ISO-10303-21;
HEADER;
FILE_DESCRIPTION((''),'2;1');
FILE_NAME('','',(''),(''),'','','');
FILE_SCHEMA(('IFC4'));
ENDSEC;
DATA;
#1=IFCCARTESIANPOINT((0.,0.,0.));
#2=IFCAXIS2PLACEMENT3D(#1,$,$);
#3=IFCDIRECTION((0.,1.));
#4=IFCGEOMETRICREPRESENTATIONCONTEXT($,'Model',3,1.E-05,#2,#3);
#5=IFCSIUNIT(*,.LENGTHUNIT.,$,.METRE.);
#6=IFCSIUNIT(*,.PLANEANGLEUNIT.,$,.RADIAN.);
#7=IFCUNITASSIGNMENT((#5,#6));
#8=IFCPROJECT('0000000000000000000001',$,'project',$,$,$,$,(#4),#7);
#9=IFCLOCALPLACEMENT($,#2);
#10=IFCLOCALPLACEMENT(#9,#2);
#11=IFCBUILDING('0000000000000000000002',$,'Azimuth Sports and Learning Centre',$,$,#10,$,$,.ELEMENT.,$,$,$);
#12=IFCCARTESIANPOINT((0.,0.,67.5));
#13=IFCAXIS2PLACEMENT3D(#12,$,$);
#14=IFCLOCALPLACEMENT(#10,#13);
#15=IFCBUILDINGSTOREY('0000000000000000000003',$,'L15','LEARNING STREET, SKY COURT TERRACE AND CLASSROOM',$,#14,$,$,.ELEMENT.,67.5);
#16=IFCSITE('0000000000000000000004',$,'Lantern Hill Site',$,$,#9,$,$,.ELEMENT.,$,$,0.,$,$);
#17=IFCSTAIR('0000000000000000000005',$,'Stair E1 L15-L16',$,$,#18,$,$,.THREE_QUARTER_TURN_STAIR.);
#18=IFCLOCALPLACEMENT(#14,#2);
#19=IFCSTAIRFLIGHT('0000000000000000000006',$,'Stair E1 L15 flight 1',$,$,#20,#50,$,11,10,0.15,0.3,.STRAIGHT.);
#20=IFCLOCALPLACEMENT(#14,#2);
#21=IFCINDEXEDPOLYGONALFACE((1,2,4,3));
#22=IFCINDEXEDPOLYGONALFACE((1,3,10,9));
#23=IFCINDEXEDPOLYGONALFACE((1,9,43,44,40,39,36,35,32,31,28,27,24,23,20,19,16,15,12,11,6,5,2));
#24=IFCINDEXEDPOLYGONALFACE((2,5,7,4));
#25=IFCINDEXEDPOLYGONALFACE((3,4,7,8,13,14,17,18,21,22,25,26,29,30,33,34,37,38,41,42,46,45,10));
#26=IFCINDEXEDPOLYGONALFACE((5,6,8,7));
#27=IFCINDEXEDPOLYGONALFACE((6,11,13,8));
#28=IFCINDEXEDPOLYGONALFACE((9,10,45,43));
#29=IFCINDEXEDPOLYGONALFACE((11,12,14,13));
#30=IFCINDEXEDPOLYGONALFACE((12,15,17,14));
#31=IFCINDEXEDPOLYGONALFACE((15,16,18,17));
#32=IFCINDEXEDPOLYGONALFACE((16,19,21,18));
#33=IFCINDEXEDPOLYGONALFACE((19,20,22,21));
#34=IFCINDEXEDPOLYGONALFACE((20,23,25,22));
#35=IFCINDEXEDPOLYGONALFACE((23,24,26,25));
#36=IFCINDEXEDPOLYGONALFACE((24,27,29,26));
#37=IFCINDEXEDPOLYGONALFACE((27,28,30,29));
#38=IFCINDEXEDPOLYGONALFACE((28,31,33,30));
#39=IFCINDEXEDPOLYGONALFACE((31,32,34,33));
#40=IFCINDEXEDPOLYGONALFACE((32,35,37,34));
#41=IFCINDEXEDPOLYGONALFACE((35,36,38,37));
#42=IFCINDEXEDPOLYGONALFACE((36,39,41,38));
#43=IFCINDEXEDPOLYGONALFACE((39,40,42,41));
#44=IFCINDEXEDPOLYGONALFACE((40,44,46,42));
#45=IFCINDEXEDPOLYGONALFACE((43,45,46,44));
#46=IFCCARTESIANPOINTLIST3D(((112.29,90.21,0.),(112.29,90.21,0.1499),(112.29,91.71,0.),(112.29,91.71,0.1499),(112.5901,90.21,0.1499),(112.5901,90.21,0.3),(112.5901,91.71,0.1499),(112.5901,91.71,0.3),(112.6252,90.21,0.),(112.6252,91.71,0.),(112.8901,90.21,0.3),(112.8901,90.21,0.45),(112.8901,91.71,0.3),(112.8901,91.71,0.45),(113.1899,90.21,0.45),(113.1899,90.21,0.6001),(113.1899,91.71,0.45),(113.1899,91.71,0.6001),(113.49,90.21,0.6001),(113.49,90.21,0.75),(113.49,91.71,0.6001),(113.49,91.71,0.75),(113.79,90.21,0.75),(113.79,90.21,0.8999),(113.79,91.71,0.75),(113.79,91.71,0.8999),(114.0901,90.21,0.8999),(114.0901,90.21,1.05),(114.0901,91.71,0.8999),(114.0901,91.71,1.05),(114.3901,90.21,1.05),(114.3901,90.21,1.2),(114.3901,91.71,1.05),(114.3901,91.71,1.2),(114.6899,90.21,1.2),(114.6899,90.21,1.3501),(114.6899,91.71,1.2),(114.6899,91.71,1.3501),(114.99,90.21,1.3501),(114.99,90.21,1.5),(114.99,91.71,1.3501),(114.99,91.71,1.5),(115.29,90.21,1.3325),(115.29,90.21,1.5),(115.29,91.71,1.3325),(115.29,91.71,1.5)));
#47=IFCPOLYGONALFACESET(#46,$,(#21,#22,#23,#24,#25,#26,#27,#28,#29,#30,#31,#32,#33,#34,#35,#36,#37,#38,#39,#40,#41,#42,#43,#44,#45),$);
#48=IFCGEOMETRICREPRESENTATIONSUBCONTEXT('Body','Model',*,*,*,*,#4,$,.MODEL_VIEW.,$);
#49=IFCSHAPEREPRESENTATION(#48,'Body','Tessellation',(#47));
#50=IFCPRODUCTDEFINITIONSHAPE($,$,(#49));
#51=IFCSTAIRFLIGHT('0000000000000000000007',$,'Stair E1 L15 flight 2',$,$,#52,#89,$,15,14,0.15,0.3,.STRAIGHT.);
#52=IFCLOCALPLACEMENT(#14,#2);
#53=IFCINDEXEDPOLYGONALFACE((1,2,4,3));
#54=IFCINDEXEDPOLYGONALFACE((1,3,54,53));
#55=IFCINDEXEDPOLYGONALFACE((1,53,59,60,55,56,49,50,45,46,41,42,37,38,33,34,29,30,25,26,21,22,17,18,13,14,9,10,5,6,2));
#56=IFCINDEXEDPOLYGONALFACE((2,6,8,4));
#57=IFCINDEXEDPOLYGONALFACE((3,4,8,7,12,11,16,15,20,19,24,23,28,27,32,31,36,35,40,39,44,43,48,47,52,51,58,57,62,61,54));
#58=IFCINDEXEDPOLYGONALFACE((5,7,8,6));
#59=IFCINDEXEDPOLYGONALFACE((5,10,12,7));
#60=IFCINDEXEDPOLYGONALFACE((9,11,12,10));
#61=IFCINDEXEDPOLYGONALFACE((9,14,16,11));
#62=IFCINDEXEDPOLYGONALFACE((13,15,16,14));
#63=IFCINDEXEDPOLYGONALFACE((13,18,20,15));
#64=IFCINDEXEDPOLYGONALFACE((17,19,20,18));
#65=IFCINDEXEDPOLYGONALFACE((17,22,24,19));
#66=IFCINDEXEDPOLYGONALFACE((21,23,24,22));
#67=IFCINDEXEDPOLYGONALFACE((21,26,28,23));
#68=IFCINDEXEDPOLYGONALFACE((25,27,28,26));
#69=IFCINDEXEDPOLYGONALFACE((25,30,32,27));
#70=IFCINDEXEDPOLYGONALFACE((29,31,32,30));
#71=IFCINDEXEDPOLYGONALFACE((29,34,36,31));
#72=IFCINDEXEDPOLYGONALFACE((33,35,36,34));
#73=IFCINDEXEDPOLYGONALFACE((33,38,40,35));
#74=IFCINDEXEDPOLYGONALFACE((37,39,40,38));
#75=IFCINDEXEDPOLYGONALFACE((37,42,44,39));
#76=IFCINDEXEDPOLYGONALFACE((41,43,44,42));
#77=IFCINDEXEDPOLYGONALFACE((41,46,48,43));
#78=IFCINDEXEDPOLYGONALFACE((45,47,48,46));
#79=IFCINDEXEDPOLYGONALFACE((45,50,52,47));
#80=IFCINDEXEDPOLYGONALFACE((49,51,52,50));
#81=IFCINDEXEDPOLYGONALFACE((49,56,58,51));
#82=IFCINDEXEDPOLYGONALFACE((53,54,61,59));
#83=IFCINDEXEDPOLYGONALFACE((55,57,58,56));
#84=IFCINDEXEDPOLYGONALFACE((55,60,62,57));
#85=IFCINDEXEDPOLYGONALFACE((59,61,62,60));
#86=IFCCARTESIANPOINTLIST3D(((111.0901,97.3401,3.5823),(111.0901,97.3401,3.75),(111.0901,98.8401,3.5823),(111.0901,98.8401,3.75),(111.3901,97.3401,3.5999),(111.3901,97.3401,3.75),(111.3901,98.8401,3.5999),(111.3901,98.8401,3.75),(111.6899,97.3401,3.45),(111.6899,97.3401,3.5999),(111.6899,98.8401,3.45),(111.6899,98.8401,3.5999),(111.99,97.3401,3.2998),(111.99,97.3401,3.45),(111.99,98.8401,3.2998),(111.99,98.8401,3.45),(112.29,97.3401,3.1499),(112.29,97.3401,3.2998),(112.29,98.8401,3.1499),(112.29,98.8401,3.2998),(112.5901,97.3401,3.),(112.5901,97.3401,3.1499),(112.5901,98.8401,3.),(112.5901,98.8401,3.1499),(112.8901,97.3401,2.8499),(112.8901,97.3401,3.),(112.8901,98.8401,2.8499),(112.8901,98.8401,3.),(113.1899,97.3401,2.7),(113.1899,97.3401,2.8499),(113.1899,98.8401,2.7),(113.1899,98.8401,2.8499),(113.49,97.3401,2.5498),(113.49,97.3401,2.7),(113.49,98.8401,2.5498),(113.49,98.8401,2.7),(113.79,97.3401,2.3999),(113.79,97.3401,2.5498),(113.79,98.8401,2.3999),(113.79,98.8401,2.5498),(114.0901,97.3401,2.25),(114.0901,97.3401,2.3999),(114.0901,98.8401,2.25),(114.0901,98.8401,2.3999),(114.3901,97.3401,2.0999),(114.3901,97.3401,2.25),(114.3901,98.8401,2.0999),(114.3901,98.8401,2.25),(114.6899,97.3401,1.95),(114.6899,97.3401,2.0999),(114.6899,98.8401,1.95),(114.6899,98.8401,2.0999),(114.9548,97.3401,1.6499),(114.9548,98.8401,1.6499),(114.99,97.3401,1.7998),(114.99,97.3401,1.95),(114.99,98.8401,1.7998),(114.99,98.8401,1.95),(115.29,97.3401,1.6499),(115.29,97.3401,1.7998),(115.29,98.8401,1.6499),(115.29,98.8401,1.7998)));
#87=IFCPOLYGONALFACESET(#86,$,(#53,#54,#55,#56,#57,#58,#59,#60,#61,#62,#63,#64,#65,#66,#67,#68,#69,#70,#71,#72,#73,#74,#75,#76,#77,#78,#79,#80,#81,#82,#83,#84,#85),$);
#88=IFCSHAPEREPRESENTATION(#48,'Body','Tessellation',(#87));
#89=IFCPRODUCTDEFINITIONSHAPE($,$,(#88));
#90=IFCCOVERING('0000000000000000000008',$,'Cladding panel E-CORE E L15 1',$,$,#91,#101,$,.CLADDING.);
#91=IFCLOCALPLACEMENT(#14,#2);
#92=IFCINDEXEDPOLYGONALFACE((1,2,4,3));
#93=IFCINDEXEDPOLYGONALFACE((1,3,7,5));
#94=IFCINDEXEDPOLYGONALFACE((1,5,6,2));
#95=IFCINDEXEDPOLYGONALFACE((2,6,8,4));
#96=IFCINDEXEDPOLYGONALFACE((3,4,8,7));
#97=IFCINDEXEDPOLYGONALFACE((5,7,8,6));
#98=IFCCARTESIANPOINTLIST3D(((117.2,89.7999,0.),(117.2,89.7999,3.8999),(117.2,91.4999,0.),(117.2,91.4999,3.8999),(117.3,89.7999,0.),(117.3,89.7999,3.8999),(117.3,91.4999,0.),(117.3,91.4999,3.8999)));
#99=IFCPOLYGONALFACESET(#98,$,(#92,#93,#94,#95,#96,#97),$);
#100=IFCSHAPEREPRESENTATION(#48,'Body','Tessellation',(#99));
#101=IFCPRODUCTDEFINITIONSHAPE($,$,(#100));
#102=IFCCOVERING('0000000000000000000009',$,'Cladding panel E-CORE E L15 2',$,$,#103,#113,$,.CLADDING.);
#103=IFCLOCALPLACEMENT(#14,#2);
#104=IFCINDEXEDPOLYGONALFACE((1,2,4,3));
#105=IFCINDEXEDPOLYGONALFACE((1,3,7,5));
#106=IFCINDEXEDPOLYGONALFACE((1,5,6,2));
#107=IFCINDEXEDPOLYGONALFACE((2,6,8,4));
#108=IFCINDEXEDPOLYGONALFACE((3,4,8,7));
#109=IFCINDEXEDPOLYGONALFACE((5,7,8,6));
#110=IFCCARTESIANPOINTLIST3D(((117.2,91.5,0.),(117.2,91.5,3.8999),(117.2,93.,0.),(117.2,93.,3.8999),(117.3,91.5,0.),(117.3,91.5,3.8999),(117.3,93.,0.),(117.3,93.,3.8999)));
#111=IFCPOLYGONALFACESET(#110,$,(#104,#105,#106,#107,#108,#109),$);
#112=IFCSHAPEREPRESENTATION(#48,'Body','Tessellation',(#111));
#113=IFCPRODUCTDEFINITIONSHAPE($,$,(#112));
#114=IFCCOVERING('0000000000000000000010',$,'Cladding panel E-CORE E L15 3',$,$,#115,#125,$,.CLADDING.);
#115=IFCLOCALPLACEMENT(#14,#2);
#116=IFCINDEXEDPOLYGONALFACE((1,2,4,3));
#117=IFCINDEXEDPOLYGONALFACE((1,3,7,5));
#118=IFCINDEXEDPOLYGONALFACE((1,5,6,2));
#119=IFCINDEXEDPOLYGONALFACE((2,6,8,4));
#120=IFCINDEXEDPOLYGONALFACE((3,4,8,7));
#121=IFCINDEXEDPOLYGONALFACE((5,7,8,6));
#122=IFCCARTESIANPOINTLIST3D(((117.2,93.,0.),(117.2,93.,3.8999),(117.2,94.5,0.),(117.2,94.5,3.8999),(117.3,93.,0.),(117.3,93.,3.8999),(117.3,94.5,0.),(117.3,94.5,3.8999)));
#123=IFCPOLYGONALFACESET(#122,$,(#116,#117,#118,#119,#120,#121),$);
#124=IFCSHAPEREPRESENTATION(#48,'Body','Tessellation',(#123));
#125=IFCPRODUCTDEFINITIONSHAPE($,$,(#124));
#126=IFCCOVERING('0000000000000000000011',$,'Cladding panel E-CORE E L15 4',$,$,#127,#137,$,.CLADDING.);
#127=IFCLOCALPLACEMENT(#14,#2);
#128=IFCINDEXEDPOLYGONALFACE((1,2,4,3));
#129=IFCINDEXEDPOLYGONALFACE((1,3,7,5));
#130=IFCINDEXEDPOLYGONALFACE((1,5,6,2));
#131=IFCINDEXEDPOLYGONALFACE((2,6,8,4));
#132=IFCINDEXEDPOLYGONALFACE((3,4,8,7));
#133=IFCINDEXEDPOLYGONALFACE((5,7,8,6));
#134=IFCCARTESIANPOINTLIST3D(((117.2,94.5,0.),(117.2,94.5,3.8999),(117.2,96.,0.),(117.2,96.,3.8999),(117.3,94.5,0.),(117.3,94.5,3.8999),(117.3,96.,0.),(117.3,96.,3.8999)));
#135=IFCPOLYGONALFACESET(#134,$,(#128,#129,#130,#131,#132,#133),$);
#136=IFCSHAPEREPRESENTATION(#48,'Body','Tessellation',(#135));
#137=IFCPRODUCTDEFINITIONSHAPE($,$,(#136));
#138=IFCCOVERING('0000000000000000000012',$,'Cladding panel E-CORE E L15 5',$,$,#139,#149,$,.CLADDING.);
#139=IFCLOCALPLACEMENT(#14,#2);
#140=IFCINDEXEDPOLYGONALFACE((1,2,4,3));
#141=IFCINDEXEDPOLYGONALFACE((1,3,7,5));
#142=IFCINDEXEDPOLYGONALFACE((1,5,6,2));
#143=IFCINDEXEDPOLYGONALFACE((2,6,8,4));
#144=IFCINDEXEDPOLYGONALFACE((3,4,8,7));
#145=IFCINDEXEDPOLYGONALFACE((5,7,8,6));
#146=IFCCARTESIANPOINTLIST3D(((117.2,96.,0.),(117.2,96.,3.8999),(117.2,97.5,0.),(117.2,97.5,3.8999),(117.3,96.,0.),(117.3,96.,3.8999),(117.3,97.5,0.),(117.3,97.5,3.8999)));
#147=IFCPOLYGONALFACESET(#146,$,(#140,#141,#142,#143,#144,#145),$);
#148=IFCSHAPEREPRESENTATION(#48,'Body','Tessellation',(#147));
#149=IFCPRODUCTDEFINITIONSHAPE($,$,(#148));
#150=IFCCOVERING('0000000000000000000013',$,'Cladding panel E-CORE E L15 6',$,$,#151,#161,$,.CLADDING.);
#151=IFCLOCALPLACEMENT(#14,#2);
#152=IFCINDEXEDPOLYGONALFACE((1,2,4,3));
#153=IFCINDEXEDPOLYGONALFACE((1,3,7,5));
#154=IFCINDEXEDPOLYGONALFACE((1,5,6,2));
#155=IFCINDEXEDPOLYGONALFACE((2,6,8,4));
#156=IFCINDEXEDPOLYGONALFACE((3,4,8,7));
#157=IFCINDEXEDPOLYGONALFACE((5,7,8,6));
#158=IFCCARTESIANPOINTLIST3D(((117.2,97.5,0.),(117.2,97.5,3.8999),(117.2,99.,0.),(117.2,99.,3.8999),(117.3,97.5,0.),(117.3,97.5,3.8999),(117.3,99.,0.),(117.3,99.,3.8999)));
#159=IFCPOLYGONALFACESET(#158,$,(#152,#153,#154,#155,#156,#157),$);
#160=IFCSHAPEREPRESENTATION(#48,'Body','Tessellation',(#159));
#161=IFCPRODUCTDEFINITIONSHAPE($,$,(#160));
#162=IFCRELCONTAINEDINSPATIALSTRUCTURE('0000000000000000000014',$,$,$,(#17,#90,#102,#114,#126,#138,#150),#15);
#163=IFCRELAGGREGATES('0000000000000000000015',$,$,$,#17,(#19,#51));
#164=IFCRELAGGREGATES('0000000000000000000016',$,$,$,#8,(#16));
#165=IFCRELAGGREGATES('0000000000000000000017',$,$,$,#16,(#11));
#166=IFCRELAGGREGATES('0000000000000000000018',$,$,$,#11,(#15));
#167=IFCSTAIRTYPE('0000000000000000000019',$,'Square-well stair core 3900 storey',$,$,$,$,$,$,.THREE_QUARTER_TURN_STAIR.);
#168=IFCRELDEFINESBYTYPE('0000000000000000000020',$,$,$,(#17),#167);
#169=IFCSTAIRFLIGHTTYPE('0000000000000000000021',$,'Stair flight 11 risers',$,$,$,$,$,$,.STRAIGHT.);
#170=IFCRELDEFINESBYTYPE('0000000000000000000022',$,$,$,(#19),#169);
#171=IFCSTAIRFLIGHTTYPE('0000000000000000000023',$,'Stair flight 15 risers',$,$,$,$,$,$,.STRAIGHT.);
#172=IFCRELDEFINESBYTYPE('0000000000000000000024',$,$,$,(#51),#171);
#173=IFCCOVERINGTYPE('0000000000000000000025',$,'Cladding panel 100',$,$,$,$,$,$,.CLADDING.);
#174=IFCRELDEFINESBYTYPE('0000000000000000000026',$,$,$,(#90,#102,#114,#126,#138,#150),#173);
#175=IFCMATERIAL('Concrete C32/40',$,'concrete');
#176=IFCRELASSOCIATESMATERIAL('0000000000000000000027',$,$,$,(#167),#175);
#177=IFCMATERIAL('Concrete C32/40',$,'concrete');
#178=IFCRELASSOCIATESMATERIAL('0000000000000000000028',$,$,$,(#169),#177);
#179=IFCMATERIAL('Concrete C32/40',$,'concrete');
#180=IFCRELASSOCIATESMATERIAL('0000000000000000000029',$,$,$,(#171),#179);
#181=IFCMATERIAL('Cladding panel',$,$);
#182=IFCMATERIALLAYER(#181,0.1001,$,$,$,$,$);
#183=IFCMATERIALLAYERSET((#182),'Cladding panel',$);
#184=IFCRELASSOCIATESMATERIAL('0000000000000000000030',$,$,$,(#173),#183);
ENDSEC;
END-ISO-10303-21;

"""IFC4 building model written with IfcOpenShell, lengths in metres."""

from ifc_helpers import new_model, si_unit, direction, frame, origin, origin_2d, place, context, subcontext, project, spatial, polyline, rectangle, outline, extrude, material, layer, layer_set, type_object, element, aggregate, save


model = new_model("IFC4")

# Units and contexts
model_context = context("Model", 3, precision=1e-05, world=origin(), true_north=direction((0.0, 1.0)))
body_context = subcontext(model_context, "Body", "Model", "MODEL_VIEW")
ifc_project = project(units=[si_unit("LENGTHUNIT", "METRE"), si_unit("PLANEANGLEUNIT", "RADIAN")], contexts=[model_context])

# Site, building, storey
site_placement = place(None, origin())
site = spatial("IfcSite", under=ifc_project, at=site_placement, Name="Lantern Hill Site", CompositionType="ELEMENT", RefElevation=0.0)
building_placement = place(site_placement, origin())
building = spatial("IfcBuilding", under=site, at=building_placement, Name="Azimuth Sports and Learning Centre", CompositionType="ELEMENT")
storey_placement = place(building_placement, frame((0.0, 0.0, 67.5)))
storey = spatial("IfcBuildingStorey", under=building, at=storey_placement, Name="L15", Description="LEARNING STREET, SKY COURT TERRACE AND CLASSROOM", CompositionType="ELEMENT", Elevation=67.5)

# Stair, stair flights
ifc_material_1 = material(Name="Concrete C32/40", Category="concrete")
stair_type = type_object("IfcStairType", Name="Square-well stair core 3900 storey", PredefinedType="THREE_QUARTER_TURN_STAIR", material=ifc_material_1)
stair_placement = place(storey_placement, origin())
stair = element("IfcStair", 1, at=stair_placement, inside=storey, type_object=stair_type, Name="Stair E1 L15-L16", PredefinedType="THREE_QUARTER_TURN_STAIR")
ifc_material_2 = material(Name="Concrete C32/40", Category="concrete")
stair_flight_type_1 = type_object("IfcStairFlightType", Name="Stair flight 11 risers", PredefinedType="STRAIGHT", material=ifc_material_2)
stair_flight_1_placement = place(storey_placement, frame((112.29, 90.96, 0.0), z_axis=(0.0, 0.0, 1.0), x_axis=(1.0, 0.0, 0.0)))
stair_flight_1 = element("IfcStairFlight", 2, at=stair_flight_1_placement, type_object=stair_flight_type_1, Name="Stair E1 L15 flight 1", NumberOfRisers=11, NumberOfTreads=10, PredefinedType="STRAIGHT", RiserHeight=0.15, TreadLength=0.3, context=body_context, shape_type="SweptSolid", body=[
    extrude(outline(polyline([(0.0, 0.0), (0.0, 0.1499), (0.3, 0.1499), (0.3, 0.3), (0.6001, 0.3), (0.6001, 0.45), (0.8999, 0.45), (0.8999, 0.6001), (1.2, 0.6001), (1.2, 0.75), (1.5, 0.75), (1.5, 0.8999), (1.8, 0.8999), (1.8, 1.05), (2.1001, 1.05), (2.1001, 1.2), (2.3999, 1.2), (2.3999, 1.3501), (2.7, 1.3501), (2.7, 1.5), (3.0, 1.5), (3.0, 1.6499), (3.0, 1.3325), (0.3352, 0.0), (0.0, 0.0)])), frame((0.0, 0.75, 0.0), z_axis=(0.0, -1.0, 0.0), x_axis=(1.0, 0.0, 0.0)), (0.0, 0.0, 1.0), 1.5),
])
ifc_material_3 = material(Name="Concrete C32/40", Category="concrete")
stair_flight_type_2 = type_object("IfcStairFlightType", Name="Stair flight 15 risers", PredefinedType="STRAIGHT", material=ifc_material_3)
stair_flight_2_placement = place(storey_placement, frame((115.29, 98.0901, 1.6499), z_axis=(0.0, 0.0, 1.0), x_axis=(-1.0, 0.0, 0.0)))
stair_flight_2 = element("IfcStairFlight", 3, at=stair_flight_2_placement, type_object=stair_flight_type_2, Name="Stair E1 L15 flight 2", NumberOfRisers=15, NumberOfTreads=14, PredefinedType="STRAIGHT", RiserHeight=0.15, TreadLength=0.3, context=body_context, shape_type="SweptSolid", body=[
    extrude(outline(polyline([(0.0, 0.0), (0.0, 0.1499), (0.3, 0.1499), (0.3, 0.3), (0.6001, 0.3), (0.6001, 0.45), (0.8999, 0.45), (0.8999, 0.6001), (1.2, 0.6001), (1.2, 0.75), (1.5, 0.75), (1.5, 0.8999), (1.8, 0.8999), (1.8, 1.05), (2.1001, 1.05), (2.1001, 1.2), (2.3999, 1.2), (2.3999, 1.3501), (2.7, 1.3501), (2.7, 1.5), (3.0, 1.5), (3.0, 1.6499), (3.3, 1.6499), (3.3, 1.8), (3.6001, 1.8), (3.6001, 1.95), (3.8999, 1.95), (3.8999, 2.1001), (4.2, 2.1001), (4.2, 2.25), (4.2, 1.9324), (0.3352, 0.0), (0.0, 0.0)])), frame((0.0, 0.75, 0.0), z_axis=(0.0, -1.0, 0.0), x_axis=(1.0, 0.0, 0.0)), (0.0, 0.0, 1.0), 1.5),
])
aggregate(stair, [stair_flight_1, stair_flight_2])

# Coverings
ifc_material_4 = material(Name="Cladding panel")
ifc_layer_1 = layer(ifc_material_4, 0.1001)
ifc_layer_set_1 = layer_set([ifc_layer_1], Name="Cladding panel")
covering_type = type_object("IfcCoveringType", Name="Cladding panel 100", PredefinedType="CLADDING", material=ifc_layer_set_1)
covering_placement = place(storey_placement, frame((117.25, 90.6499, 0.0), z_axis=(0.0, 0.0, 1.0), x_axis=(0.0, 1.0, 0.0)))
element("IfcCovering", 4, at=covering_placement, inside=storey, type_object=covering_type, Name="Cladding panel E-CORE E L15 1", PredefinedType="CLADDING", context=body_context, shape_type="SweptSolid", body=[
    extrude(rectangle(XDim=1.7, YDim=0.1001, at=origin_2d()), origin(), (0.0, 0.0, 1.0), 3.8999),
])
for number, where, z_axis, x_axis, name in (
    (5, (117.25, 92.25, 0.0), (0.0, 0.0, 1.0), (0.0, 1.0, 0.0), "Cladding panel E-CORE E L15 2"),
    (6, (117.25, 93.75, 0.0), (0.0, 0.0, 1.0), (0.0, 1.0, 0.0), "Cladding panel E-CORE E L15 3"),
    (7, (117.25, 95.25, 0.0), (0.0, 0.0, 1.0), (0.0, 1.0, 0.0), "Cladding panel E-CORE E L15 4"),
    (8, (117.25, 96.75, 0.0), (0.0, 0.0, 1.0), (0.0, 1.0, 0.0), "Cladding panel E-CORE E L15 5"),
    (9, (117.25, 98.25, 0.0), (0.0, 0.0, 1.0), (0.0, 1.0, 0.0), "Cladding panel E-CORE E L15 6"),
):
    element("IfcCovering", number, at=place(storey_placement, frame(where, z_axis=z_axis, x_axis=x_axis)), inside=storey, type_object=covering_type, Name=name, PredefinedType="CLADDING", context=body_context, shape_type="SweptSolid", body=[
        extrude(rectangle(XDim=1.5, YDim=0.1001, at=origin_2d()), origin(), (0.0, 0.0, 1.0), 3.8999),
    ])

save(model, "model.ifc")
